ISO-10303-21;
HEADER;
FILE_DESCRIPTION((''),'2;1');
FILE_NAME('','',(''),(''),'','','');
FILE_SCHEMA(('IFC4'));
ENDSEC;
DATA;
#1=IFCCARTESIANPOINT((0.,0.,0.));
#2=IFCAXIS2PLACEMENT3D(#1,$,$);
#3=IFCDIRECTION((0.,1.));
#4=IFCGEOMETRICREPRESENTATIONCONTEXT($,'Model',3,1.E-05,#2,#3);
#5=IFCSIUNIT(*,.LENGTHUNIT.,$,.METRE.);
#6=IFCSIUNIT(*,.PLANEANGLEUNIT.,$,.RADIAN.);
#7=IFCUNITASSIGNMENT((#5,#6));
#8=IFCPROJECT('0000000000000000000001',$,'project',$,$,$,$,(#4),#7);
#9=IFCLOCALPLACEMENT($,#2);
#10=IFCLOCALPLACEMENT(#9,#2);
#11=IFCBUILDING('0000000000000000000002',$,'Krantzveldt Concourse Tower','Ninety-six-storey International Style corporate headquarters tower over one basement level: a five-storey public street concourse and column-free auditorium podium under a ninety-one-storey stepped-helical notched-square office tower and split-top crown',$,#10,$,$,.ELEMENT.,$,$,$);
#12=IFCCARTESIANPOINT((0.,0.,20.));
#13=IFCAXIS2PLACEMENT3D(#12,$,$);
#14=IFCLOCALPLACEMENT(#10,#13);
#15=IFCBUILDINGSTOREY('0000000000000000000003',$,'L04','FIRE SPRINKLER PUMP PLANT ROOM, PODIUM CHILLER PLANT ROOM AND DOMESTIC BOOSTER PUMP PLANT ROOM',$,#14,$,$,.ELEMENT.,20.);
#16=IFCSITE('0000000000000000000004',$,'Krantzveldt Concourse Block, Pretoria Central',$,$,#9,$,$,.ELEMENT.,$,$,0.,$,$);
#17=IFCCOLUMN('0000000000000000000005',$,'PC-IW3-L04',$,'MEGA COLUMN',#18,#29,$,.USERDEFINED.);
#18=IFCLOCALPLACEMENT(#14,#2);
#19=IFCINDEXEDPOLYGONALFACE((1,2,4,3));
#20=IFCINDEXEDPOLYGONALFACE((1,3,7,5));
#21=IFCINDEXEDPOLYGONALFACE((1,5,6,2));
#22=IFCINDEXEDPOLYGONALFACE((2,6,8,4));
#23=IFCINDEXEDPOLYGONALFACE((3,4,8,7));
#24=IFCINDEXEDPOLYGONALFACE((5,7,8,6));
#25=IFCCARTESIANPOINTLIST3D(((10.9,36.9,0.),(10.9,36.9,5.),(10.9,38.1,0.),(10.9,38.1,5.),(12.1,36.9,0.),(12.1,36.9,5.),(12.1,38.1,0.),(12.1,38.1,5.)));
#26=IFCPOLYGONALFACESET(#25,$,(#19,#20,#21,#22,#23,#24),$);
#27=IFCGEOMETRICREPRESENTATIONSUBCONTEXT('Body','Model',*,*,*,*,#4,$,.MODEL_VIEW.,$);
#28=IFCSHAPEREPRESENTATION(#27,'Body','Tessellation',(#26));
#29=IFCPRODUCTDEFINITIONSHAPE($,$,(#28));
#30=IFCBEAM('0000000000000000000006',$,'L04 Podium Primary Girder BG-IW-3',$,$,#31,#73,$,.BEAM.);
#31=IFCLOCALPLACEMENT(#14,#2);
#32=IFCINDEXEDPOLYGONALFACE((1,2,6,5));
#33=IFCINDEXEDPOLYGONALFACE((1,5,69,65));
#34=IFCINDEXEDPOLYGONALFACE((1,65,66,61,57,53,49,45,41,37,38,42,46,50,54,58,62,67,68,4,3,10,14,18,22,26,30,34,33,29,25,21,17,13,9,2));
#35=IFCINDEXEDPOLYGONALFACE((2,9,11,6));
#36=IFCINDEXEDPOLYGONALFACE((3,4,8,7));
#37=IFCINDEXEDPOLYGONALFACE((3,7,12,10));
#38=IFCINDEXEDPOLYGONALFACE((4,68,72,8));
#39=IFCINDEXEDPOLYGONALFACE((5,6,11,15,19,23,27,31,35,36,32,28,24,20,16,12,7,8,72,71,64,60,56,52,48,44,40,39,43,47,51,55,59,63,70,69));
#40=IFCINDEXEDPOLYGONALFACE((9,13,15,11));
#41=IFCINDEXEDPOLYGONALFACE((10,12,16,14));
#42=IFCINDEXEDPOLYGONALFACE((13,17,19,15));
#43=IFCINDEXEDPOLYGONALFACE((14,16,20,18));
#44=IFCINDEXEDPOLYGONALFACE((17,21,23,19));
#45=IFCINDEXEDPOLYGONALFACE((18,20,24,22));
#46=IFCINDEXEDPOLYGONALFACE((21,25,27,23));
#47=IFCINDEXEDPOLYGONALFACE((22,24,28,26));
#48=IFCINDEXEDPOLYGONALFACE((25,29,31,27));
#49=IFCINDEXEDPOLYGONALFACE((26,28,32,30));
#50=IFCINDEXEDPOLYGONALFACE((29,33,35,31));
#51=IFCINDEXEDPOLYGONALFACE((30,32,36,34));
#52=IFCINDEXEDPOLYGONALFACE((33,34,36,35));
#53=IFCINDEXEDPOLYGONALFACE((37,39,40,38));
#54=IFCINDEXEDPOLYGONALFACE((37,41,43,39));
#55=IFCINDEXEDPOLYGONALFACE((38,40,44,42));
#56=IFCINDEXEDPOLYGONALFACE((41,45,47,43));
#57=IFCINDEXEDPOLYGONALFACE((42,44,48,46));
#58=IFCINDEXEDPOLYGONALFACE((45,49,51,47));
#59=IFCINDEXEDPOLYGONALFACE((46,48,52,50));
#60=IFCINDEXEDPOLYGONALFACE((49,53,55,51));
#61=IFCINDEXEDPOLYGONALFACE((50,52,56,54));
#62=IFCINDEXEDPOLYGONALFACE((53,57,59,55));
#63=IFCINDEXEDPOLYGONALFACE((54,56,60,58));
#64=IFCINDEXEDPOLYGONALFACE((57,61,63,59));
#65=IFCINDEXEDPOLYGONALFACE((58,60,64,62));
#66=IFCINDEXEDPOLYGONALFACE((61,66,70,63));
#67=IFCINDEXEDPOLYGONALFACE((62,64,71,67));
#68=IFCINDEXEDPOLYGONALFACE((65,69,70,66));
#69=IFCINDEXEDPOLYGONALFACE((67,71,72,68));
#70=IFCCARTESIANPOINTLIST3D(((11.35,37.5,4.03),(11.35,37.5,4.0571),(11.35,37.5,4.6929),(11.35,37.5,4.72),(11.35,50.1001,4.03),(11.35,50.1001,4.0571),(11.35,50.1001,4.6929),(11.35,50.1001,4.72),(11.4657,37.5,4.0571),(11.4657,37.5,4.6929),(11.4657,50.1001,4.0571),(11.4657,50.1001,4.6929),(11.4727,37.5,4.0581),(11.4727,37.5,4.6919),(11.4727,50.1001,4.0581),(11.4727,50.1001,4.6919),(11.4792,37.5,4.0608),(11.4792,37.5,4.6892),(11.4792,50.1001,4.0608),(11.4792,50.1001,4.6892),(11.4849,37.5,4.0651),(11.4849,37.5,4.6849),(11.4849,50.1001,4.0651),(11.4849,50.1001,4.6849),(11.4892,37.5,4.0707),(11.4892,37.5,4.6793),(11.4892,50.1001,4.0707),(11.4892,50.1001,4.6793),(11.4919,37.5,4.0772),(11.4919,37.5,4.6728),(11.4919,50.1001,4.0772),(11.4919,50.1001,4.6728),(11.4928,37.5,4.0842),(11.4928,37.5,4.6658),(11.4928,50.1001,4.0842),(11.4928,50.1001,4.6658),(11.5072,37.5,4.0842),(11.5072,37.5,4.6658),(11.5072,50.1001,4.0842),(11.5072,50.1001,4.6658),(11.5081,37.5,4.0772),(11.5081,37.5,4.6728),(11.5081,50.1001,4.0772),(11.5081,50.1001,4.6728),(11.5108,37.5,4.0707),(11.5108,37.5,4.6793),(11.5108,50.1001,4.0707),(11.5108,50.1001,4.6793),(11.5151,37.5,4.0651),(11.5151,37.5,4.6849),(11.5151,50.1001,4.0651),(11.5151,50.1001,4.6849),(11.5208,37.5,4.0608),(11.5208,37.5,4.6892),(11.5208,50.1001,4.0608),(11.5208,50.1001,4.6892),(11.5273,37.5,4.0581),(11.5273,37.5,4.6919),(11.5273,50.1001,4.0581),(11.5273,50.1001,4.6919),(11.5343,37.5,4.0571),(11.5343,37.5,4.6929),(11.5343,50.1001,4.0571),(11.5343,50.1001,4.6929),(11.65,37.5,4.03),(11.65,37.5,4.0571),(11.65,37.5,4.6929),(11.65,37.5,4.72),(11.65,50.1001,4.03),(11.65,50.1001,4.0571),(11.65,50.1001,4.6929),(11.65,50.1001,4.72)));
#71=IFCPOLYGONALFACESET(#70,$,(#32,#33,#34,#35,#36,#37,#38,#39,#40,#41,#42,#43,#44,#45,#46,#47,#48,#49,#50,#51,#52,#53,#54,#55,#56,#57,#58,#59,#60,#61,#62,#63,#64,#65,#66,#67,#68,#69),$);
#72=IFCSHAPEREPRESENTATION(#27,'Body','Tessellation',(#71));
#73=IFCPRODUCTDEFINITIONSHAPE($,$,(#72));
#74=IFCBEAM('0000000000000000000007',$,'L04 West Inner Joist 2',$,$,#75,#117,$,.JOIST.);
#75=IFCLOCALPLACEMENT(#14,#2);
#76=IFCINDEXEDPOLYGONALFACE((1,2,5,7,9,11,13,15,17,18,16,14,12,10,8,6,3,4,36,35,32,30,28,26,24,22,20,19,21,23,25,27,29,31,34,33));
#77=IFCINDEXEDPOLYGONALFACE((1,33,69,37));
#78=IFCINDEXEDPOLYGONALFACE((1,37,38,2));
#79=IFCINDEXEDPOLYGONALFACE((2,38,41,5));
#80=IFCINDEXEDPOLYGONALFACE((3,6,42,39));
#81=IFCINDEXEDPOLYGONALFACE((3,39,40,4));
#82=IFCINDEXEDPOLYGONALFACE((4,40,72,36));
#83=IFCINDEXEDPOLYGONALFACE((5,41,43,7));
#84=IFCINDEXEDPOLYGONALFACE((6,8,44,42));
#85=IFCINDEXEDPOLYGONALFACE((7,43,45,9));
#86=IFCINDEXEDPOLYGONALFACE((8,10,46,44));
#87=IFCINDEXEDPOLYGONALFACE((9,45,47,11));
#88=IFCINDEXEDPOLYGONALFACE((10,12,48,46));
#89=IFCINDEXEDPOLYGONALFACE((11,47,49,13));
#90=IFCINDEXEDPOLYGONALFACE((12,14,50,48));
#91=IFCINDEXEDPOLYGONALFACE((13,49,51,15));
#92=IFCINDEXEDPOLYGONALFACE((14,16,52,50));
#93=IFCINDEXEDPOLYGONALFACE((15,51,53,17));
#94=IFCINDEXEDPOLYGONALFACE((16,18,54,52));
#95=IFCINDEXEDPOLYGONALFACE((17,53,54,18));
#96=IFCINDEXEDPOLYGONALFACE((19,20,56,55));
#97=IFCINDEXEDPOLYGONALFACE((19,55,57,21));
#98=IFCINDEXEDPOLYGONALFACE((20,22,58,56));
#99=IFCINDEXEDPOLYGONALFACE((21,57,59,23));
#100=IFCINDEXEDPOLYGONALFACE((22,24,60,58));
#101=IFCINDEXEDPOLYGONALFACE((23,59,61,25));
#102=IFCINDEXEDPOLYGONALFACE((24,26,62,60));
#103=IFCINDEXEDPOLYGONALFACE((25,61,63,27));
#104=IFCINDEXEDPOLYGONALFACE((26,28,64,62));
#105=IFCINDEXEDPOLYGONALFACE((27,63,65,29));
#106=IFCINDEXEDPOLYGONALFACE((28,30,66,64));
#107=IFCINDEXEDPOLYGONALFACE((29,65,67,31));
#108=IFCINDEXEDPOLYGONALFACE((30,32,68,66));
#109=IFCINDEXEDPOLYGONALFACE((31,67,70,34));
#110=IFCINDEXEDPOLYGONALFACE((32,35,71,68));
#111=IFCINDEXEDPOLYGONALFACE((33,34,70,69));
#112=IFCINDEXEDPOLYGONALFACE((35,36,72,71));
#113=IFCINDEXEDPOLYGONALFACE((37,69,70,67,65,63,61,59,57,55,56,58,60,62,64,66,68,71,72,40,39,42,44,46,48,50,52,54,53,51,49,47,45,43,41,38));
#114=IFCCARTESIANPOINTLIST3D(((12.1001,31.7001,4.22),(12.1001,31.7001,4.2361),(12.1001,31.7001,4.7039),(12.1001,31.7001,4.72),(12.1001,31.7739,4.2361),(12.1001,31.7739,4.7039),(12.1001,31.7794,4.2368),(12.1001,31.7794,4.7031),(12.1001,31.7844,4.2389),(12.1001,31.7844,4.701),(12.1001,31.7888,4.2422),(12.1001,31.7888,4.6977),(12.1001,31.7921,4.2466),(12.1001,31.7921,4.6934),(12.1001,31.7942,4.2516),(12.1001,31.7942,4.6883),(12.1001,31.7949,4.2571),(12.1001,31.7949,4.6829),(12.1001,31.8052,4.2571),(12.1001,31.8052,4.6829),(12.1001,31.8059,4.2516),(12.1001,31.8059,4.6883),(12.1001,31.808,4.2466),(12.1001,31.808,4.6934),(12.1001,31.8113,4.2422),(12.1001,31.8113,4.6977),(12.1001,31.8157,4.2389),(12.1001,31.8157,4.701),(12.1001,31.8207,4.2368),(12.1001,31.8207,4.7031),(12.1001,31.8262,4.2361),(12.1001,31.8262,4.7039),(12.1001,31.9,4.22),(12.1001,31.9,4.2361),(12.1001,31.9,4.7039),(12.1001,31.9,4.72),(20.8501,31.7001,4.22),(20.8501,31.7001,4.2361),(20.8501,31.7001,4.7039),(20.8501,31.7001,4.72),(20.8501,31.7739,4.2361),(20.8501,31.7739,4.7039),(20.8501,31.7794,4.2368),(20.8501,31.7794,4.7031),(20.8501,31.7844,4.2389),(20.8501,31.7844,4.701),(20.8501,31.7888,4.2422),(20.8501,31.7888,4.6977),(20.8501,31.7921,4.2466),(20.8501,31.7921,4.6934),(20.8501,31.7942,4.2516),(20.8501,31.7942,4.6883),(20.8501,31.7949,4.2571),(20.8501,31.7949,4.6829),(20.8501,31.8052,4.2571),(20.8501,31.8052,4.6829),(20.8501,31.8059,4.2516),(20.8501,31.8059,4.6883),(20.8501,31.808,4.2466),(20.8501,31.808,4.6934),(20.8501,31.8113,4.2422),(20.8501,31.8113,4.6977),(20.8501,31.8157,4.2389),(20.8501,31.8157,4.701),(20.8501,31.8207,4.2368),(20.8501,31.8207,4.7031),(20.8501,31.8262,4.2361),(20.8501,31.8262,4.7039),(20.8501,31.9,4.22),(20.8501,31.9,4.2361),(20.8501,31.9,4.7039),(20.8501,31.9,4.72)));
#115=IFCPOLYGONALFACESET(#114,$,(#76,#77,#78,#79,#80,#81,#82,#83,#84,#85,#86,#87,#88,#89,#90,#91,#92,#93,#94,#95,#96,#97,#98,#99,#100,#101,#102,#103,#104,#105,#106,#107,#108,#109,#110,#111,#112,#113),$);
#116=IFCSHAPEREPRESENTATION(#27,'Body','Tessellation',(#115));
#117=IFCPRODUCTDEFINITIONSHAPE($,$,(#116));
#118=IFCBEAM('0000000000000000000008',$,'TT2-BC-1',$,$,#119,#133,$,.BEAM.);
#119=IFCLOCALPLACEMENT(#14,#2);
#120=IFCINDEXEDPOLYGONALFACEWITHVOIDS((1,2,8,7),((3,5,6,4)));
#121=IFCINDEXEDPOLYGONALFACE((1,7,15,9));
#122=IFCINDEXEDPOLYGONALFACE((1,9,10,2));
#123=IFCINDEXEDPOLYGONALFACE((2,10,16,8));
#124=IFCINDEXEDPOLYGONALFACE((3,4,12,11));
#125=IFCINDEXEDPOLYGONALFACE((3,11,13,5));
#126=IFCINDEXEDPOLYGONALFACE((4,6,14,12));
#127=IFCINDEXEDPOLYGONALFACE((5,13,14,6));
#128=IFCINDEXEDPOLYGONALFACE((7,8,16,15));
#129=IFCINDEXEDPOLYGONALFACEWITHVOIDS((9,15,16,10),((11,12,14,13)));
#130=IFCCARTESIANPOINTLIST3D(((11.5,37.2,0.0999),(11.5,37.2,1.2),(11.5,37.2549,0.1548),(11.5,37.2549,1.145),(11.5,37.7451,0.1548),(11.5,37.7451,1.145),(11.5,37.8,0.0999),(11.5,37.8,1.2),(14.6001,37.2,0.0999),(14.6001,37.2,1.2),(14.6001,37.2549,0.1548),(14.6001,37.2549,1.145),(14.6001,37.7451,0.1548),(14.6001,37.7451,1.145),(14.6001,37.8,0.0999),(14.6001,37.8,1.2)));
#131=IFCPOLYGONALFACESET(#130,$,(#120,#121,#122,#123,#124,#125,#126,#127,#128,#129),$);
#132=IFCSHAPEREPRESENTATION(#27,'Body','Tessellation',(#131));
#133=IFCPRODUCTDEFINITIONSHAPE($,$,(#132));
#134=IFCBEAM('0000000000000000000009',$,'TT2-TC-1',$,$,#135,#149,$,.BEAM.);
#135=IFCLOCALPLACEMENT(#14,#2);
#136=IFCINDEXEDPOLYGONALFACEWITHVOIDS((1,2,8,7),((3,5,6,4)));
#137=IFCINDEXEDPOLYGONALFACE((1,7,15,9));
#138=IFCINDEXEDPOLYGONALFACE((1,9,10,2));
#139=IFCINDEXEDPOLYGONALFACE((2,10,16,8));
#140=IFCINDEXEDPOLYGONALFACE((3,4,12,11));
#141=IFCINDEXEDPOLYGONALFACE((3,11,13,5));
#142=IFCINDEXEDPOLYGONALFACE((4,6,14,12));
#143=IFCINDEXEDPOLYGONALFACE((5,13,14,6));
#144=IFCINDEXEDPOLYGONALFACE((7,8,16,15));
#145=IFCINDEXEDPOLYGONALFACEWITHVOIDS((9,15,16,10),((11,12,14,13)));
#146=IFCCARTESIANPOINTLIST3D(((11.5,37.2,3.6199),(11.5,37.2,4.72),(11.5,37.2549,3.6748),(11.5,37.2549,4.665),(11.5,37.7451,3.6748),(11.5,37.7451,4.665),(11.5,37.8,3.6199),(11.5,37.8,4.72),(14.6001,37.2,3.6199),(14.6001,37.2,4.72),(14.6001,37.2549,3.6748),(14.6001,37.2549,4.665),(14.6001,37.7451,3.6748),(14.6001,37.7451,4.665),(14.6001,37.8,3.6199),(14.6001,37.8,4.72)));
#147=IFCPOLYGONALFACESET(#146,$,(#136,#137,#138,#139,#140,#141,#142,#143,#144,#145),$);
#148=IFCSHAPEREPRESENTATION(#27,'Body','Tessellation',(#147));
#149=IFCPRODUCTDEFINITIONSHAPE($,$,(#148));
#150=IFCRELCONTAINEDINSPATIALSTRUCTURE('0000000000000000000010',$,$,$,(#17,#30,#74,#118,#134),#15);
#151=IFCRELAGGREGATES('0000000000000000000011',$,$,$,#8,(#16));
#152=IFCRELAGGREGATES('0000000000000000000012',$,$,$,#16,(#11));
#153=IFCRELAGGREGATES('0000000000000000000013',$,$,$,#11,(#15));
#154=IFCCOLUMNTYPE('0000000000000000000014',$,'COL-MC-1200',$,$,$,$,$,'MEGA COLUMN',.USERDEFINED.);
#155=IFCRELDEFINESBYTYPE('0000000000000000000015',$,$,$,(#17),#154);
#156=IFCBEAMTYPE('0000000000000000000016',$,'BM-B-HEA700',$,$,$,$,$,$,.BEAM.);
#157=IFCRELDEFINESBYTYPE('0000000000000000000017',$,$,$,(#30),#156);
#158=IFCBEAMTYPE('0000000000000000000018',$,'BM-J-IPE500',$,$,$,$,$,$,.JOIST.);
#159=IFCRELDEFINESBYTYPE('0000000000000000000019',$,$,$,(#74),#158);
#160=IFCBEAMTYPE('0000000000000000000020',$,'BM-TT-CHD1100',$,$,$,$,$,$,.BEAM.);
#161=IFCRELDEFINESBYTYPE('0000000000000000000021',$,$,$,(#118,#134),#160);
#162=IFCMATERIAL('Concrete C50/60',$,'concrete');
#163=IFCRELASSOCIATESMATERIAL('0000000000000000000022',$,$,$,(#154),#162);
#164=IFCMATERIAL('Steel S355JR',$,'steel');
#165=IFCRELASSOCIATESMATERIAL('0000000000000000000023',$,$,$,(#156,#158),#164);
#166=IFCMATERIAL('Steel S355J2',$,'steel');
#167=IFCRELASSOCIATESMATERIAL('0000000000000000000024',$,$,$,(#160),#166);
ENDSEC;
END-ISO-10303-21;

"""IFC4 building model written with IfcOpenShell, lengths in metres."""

from ifc_helpers import new_model, si_unit, direction, frame, origin, origin_2d, place, context, subcontext, project, spatial, rectangle, hollow_rectangle, i_section, extrude, source, transform, mapped, material, material_profile, profile_set, type_object, type_shapes, element, save


model = new_model("IFC4")

# Units and contexts
model_context = context("Model", 3, precision=1e-05, world=origin(), true_north=direction((0.0, 1.0)))
body_context = subcontext(model_context, "Body", "Model", "MODEL_VIEW")
ifc_project = project(units=[si_unit("LENGTHUNIT", "METRE"), si_unit("PLANEANGLEUNIT", "RADIAN")], contexts=[model_context])

# Site, building, storey
site_placement = place(None, origin())
site = spatial("IfcSite", under=ifc_project, at=site_placement, Name="Krantzveldt Concourse Block, Pretoria Central", CompositionType="ELEMENT", RefElevation=0.0)
building_placement = place(site_placement, origin())
building = spatial("IfcBuilding", under=site, at=building_placement, Name="Krantzveldt Concourse Tower", Description="Ninety-six-storey International Style corporate headquarters tower over one basement level: a five-storey public street concourse and column-free auditorium podium under a ninety-one-storey stepped-helical notched-square office tower and split-top crown", CompositionType="ELEMENT")
storey_placement = place(building_placement, frame((0.0, 0.0, 20.0)))
storey = spatial("IfcBuildingStorey", under=building, at=storey_placement, Name="L04", Description="FIRE SPRINKLER PUMP PLANT ROOM, PODIUM CHILLER PLANT ROOM AND DOMESTIC BOOSTER PUMP PLANT ROOM", CompositionType="ELEMENT", Elevation=20.0)

# Column
ifc_material_1 = material(Name="Concrete C50/60", Category="concrete")
ifc_material_profile_1 = material_profile(ifc_material_1, rectangle(XDim=1.2, YDim=1.2, at=origin_2d()), Name="Concrete C50/60", Category="concrete")
ifc_profile_set_1 = profile_set([ifc_material_profile_1], Name="Concrete C50/60 - RC 1200x1200")
column_type = type_object("IfcColumnType", Name="COL-MC-1200", ElementType="MEGA COLUMN", PredefinedType="USERDEFINED", material=ifc_profile_set_1)
shared_shape_1 = source(origin(), body_context, "Body", "SweptSolid", [
    extrude(rectangle(XDim=1.2, YDim=1.2, at=origin_2d()), origin(), (0.0, 0.0, 1.0), 5.0),
])
type_shapes(column_type, [shared_shape_1])
column_placement = place(storey_placement, frame((11.5, 37.5, 0.0), z_axis=(0.0, 0.0, 1.0), x_axis=(1.0, 0.0, 0.0)))
element("IfcColumn", 1, at=column_placement, inside=storey, type_object=column_type, Name="PC-IW3-L04", ObjectType="MEGA COLUMN", PredefinedType="USERDEFINED", context=body_context, shape_type="MappedRepresentation", body=[
    mapped(shared_shape_1, transform((0.0, 0.0, 0.0), x_axis=(1.0, 0.0, 0.0), y_axis=(0.0, 1.0, 0.0), z_axis=(0.0, 0.0, 1.0), scale=1.0)),
])

# Beams
ifc_material_2 = material(Name="Steel S355JR", Category="steel")
ifc_material_profile_2 = material_profile(ifc_material_2, i_section(OverallWidth=0.3, OverallDepth=0.6899, WebThickness=0.0144, FlangeThickness=0.0271, FilletRadius=0.0271, at=origin_2d()), Name="Steel S355JR", Category="steel")
ifc_profile_set_2 = profile_set([ifc_material_profile_2], Name="Steel S355JR - HEA 700")
beam_type_1 = type_object("IfcBeamType", Name="BM-B-HEA700", PredefinedType="BEAM", material=ifc_profile_set_2)
shared_shape_2 = source(origin(), body_context, "Body", "SweptSolid", [
    extrude(i_section(OverallWidth=0.3, OverallDepth=0.6899, WebThickness=0.0144, FlangeThickness=0.0271, FilletRadius=0.0271, at=origin_2d()), origin(), (0.0, 0.0, 1.0), 12.6001),
])
type_shapes(beam_type_1, [shared_shape_2])
beam_1_placement = place(storey_placement, frame((11.5, 37.5, 4.375), z_axis=(0.0, 1.0, 0.0), x_axis=(-1.0, 0.0, 0.0)))
element("IfcBeam", 2, at=beam_1_placement, inside=storey, type_object=beam_type_1, Name="L04 Podium Primary Girder BG-IW-3", PredefinedType="BEAM", context=body_context, shape_type="MappedRepresentation", body=[
    mapped(shared_shape_2, transform((0.0, 0.0, 0.0), x_axis=(1.0, 0.0, 0.0), y_axis=(0.0, 1.0, 0.0), z_axis=(0.0, 0.0, 1.0), scale=1.0)),
])
ifc_material_profile_3 = material_profile(ifc_material_2, i_section(OverallWidth=0.2, OverallDepth=0.5, WebThickness=0.0103, FlangeThickness=0.0161, FilletRadius=0.021, at=origin_2d()), Name="Steel S355JR", Category="steel")
ifc_profile_set_3 = profile_set([ifc_material_profile_3], Name="Steel S355JR - IPE 500")
beam_type_2 = type_object("IfcBeamType", Name="BM-J-IPE500", PredefinedType="JOIST", material=ifc_profile_set_3)
shared_shape_3 = source(origin(), body_context, "Body", "SweptSolid", [
    extrude(i_section(OverallWidth=0.2, OverallDepth=0.5, WebThickness=0.0103, FlangeThickness=0.0161, FilletRadius=0.021, at=origin_2d()), origin(), (0.0, 0.0, 1.0), 8.75),
])
type_shapes(beam_type_2, [shared_shape_3])
beam_2_placement = place(storey_placement, frame((12.1001, 31.8, 4.47), z_axis=(1.0, 0.0, 0.0), x_axis=(0.0, 1.0, 0.0)))
element("IfcBeam", 3, at=beam_2_placement, inside=storey, type_object=beam_type_2, Name="L04 West Inner Joist 2", PredefinedType="JOIST", context=body_context, shape_type="MappedRepresentation", body=[
    mapped(shared_shape_3, transform((0.0, 0.0, 0.0), x_axis=(1.0, 0.0, 0.0), y_axis=(0.0, 1.0, 0.0), z_axis=(0.0, 0.0, 1.0), scale=1.0)),
])
ifc_material_3 = material(Name="Steel S355J2", Category="steel")
ifc_material_profile_4 = material_profile(ifc_material_3, hollow_rectangle(XDim=0.6001, YDim=1.1001, WallThickness=0.0549, at=origin_2d()), Name="Steel S355J2", Category="steel")
ifc_profile_set_4 = profile_set([ifc_material_profile_4], Name="Steel S355J2 - RHS 1100x600x55")
beam_type_3 = type_object("IfcBeamType", Name="BM-TT-CHD1100", PredefinedType="BEAM", material=ifc_profile_set_4)
shared_shape_4 = source(origin(), body_context, "Body", "SweptSolid", [
    extrude(hollow_rectangle(XDim=0.6001, YDim=1.1001, WallThickness=0.0549, at=origin_2d()), origin(), (0.0, 0.0, 1.0), 3.1001),
])
for number, where, z_axis, x_axis, name in (
    (4, (11.5, 37.5, 0.6499), (1.0, 0.0, 0.0), (0.0, 1.0, 0.0), "TT2-BC-1"),
    (5, (11.5, 37.5, 4.1699), (1.0, 0.0, 0.0), (0.0, 1.0, 0.0), "TT2-TC-1"),
):
    element("IfcBeam", number, at=place(storey_placement, frame(where, z_axis=z_axis, x_axis=x_axis)), inside=storey, type_object=beam_type_3, Name=name, PredefinedType="BEAM", context=body_context, shape_type="MappedRepresentation", body=[
        mapped(shared_shape_4, transform((0.0, 0.0, 0.0), x_axis=(1.0, 0.0, 0.0), y_axis=(0.0, 1.0, 0.0), z_axis=(0.0, 0.0, 1.0), scale=1.0)),
    ])

save(model, "model.ifc")
